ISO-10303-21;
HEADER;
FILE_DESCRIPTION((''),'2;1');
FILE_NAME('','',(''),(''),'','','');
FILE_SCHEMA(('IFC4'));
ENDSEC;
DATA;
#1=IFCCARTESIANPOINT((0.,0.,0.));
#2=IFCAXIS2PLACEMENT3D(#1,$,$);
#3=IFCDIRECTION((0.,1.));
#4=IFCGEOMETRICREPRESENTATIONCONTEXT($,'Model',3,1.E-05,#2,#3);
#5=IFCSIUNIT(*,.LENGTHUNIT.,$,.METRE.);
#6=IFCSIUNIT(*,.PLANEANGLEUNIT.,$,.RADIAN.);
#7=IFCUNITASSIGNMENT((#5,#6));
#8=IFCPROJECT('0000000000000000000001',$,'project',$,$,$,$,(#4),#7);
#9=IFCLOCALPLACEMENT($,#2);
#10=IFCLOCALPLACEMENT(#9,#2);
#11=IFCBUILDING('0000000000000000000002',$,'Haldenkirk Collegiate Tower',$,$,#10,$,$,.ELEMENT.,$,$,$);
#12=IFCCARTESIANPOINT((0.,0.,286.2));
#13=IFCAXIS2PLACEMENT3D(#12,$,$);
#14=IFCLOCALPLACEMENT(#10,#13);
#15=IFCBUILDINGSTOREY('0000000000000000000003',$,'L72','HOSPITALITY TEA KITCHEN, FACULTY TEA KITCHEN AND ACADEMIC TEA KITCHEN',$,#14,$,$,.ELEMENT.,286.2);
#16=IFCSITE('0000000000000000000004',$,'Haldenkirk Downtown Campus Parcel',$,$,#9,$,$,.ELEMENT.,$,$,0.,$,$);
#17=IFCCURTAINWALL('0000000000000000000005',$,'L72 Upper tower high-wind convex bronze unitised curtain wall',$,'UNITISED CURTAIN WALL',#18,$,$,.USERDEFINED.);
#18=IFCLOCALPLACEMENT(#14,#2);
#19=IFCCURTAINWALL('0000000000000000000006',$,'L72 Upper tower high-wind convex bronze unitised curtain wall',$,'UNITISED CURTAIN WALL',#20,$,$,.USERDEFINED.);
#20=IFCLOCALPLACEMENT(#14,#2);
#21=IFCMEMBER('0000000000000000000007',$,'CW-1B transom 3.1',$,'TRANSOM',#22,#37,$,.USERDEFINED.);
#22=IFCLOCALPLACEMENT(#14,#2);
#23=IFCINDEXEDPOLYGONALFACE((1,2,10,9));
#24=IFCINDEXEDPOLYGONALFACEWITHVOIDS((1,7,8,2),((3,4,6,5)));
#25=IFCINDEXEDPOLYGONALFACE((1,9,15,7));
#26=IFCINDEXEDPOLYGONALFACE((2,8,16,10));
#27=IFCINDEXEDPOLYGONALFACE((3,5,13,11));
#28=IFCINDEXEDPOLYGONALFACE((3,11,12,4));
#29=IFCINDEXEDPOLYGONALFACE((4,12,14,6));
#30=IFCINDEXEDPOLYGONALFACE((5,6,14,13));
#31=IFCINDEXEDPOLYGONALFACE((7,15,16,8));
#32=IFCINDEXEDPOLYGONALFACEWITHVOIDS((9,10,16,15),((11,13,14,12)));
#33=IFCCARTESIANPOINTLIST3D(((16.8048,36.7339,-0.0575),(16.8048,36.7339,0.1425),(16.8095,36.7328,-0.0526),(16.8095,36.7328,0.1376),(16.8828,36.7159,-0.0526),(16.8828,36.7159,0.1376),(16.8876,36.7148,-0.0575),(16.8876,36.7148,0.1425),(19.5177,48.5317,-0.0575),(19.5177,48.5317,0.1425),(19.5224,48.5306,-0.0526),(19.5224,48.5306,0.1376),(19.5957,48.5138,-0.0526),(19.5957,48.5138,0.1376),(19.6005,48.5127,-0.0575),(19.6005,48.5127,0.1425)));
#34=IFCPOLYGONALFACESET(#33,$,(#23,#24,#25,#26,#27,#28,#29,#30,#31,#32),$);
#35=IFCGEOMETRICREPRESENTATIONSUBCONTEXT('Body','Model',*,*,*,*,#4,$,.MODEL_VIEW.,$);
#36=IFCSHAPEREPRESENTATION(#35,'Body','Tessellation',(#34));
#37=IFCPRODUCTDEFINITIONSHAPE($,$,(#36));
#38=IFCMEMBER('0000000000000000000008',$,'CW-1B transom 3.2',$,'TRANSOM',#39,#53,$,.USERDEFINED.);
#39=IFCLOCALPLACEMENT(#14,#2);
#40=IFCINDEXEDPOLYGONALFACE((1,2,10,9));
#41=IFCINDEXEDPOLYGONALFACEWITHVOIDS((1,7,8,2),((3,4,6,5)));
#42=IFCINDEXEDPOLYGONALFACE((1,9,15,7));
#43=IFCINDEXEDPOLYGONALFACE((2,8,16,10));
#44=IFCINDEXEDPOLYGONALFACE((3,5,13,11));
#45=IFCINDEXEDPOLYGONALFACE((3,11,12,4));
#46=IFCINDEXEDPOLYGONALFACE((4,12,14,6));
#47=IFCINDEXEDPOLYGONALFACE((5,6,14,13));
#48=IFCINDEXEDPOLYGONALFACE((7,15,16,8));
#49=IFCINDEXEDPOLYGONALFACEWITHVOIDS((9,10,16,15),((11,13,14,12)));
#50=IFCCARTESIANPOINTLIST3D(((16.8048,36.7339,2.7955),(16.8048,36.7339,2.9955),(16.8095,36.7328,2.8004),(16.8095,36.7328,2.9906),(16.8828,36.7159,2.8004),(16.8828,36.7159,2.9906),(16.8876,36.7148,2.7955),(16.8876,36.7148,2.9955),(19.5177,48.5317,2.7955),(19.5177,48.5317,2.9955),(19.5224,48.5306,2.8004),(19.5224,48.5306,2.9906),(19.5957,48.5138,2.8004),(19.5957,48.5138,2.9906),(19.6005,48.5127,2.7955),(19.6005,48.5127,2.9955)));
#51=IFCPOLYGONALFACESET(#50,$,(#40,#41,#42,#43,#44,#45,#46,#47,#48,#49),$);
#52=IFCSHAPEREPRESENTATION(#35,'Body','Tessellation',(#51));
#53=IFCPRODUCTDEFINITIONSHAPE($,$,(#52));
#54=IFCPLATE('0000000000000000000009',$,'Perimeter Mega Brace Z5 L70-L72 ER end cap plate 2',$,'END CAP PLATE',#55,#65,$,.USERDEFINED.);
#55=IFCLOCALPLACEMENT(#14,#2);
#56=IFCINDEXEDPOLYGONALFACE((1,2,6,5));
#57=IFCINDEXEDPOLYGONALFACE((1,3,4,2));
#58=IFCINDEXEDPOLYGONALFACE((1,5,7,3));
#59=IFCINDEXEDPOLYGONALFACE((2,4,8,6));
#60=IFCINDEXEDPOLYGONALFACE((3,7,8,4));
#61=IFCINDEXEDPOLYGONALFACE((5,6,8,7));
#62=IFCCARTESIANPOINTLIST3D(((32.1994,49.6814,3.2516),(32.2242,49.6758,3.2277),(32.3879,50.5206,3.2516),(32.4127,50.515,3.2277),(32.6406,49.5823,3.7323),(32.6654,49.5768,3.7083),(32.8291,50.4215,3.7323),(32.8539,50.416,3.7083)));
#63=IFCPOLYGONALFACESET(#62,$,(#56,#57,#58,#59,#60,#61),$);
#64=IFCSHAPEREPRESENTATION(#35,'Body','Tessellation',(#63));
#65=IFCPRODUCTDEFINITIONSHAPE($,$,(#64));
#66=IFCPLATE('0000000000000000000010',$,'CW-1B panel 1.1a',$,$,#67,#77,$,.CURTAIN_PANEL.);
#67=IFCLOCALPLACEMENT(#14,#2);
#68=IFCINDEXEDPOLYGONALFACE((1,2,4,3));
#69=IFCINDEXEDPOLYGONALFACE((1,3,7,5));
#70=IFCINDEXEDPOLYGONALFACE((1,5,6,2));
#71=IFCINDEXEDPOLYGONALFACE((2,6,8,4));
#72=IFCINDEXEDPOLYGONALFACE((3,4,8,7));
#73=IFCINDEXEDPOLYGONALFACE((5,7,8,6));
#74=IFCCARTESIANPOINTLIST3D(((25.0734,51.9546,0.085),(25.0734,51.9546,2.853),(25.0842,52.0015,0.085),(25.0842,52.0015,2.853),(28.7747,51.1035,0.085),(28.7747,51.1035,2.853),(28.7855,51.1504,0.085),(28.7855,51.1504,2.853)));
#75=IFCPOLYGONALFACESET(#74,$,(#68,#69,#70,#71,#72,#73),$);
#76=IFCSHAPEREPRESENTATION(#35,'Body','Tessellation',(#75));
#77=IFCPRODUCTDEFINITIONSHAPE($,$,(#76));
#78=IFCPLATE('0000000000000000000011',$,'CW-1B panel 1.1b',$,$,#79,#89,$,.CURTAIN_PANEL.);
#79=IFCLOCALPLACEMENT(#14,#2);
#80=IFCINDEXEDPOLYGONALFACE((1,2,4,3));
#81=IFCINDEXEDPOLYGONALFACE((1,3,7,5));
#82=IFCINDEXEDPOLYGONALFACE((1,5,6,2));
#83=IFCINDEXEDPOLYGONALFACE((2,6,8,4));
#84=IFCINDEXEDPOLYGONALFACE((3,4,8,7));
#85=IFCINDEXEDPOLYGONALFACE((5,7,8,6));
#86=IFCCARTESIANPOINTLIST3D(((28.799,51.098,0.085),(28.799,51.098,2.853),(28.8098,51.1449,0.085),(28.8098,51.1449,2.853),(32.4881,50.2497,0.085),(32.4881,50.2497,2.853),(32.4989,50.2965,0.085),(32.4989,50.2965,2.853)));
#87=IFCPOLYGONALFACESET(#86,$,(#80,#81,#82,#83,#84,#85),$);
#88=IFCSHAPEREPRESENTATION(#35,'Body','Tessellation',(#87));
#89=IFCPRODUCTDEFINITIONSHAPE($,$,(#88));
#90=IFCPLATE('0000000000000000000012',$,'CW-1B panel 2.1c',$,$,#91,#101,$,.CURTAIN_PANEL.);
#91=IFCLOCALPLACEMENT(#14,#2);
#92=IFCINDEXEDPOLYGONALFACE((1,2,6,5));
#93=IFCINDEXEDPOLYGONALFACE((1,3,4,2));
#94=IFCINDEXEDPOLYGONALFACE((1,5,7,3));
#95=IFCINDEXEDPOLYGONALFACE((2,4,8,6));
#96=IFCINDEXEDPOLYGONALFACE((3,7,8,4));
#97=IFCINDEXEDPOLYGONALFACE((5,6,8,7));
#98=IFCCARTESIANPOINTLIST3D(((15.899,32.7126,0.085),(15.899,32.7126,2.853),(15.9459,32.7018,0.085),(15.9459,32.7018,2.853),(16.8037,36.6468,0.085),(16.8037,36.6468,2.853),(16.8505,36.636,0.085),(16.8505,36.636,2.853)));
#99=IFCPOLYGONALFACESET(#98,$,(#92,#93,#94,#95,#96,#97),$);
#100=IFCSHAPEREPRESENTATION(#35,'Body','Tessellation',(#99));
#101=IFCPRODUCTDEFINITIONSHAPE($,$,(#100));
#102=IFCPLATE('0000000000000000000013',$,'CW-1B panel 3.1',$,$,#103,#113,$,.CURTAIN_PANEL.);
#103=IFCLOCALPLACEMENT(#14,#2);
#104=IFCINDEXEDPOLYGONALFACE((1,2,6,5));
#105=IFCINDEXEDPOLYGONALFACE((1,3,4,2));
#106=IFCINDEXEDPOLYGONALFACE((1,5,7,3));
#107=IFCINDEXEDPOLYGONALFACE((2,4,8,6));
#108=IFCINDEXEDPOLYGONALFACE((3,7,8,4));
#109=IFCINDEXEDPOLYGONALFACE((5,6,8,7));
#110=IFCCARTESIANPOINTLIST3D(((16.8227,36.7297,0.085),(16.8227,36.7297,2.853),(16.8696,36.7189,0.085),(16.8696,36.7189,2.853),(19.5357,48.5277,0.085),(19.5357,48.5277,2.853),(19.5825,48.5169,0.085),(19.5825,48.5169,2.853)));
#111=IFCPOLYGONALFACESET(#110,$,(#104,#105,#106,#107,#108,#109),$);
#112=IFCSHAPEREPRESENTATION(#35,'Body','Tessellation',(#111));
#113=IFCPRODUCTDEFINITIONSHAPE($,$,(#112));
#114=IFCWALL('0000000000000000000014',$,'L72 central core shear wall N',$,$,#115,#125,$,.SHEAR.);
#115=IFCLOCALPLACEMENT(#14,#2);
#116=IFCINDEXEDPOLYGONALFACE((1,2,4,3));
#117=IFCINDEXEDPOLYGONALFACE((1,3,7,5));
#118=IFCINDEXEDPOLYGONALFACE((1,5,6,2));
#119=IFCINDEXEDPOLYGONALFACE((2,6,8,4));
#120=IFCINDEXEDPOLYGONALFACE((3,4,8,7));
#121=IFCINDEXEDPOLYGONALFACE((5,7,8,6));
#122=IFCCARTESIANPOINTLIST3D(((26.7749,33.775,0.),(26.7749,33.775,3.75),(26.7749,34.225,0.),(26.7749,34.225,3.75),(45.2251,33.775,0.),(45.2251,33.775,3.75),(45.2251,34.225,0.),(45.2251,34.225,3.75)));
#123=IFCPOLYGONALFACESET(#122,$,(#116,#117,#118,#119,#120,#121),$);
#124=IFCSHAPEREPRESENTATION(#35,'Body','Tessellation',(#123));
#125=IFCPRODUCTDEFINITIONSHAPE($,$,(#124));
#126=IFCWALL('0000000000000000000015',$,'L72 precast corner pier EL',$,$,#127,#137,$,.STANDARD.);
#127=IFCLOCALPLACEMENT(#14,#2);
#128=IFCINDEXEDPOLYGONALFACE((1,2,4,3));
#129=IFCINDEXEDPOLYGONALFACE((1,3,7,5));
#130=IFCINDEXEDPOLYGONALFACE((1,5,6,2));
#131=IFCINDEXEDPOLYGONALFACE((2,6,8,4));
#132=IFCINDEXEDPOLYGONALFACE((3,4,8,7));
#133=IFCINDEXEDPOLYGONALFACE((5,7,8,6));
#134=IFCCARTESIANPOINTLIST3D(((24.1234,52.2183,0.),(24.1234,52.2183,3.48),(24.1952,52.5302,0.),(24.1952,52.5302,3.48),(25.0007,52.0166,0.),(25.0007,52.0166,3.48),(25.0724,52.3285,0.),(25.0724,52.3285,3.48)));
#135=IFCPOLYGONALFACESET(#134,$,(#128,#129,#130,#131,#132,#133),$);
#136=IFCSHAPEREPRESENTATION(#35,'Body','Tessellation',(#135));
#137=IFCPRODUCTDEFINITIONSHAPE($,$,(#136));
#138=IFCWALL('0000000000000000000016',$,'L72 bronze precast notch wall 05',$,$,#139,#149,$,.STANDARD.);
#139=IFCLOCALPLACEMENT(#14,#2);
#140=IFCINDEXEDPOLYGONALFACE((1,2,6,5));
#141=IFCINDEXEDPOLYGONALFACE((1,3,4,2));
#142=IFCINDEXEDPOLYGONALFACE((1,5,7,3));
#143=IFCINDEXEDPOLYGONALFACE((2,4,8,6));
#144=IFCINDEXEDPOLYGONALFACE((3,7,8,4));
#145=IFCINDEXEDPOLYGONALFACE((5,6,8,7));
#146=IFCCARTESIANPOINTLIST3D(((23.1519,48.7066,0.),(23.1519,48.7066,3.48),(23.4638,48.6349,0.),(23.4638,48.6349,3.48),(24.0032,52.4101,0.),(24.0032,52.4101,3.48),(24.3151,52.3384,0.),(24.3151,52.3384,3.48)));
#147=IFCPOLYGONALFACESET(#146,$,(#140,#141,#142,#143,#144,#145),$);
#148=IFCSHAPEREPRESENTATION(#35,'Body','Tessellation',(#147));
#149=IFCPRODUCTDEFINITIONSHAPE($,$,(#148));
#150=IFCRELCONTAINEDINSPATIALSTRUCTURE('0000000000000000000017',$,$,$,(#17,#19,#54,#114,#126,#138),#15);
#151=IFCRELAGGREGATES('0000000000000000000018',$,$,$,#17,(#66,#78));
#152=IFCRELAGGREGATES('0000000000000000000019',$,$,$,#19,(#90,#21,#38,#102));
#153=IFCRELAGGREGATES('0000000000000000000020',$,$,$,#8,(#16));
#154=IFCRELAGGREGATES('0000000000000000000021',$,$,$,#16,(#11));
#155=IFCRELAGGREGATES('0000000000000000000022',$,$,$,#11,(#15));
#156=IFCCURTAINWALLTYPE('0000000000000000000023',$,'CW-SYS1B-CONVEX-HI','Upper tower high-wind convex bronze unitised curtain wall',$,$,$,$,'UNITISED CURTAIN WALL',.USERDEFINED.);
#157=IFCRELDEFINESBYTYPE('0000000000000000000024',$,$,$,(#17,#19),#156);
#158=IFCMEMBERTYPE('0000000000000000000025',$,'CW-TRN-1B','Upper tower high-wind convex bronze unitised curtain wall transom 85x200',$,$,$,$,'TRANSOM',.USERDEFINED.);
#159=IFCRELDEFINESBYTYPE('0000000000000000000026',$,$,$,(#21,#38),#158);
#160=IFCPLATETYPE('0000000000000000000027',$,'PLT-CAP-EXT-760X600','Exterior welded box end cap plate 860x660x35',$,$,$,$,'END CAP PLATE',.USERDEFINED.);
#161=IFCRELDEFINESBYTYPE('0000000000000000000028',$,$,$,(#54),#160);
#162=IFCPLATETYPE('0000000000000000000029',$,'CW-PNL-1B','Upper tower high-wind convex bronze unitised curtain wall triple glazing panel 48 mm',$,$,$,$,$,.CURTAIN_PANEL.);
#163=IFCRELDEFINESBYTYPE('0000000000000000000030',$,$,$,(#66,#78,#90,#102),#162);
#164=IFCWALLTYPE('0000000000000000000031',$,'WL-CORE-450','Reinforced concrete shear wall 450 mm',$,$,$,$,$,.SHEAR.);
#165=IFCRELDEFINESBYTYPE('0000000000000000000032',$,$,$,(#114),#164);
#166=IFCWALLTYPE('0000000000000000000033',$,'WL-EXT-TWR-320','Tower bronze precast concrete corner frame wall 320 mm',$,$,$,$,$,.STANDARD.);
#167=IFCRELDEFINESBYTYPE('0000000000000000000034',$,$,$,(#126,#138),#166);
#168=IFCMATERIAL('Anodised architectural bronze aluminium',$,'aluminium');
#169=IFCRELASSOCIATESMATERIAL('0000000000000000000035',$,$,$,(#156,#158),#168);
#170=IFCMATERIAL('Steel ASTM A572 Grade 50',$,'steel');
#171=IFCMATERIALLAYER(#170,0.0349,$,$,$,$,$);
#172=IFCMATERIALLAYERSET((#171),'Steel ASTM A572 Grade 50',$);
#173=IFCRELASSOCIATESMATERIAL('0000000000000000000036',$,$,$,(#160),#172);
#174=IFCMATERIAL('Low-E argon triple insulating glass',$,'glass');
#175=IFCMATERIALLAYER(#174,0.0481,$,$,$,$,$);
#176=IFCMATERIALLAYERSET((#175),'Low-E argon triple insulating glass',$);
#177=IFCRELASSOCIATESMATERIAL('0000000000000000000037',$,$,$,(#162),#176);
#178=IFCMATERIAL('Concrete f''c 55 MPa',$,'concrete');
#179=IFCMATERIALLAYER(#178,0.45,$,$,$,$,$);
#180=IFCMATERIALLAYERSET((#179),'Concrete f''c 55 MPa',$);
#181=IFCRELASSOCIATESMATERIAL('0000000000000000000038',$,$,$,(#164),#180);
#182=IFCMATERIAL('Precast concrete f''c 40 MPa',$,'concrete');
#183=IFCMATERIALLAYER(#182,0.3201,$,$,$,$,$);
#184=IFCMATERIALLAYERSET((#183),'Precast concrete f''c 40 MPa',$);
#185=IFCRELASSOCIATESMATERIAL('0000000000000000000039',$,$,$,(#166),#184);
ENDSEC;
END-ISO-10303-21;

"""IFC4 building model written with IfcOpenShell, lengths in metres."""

from ifc_helpers import new_model, si_unit, direction, frame, frame_2d, origin, origin_2d, place, context, subcontext, project, spatial, rectangle, hollow_rectangle, extrude, source, transform, mapped, material, layer, layer_set, material_profile, profile_set, type_object, element, aggregate, save


model = new_model("IFC4")

# Units and contexts
model_context = context("Model", 3, precision=1e-05, world=origin(), true_north=direction((0.0, 1.0)))
body_context = subcontext(model_context, "Body", "Model", "MODEL_VIEW")
ifc_project = project(units=[si_unit("LENGTHUNIT", "METRE"), si_unit("PLANEANGLEUNIT", "RADIAN")], contexts=[model_context])

# Site, building, storey
site_placement = place(None, origin())
site = spatial("IfcSite", under=ifc_project, at=site_placement, Name="Haldenkirk Downtown Campus Parcel", CompositionType="ELEMENT", RefElevation=0.0)
building_placement = place(site_placement, origin())
building = spatial("IfcBuilding", under=site, at=building_placement, Name="Haldenkirk Collegiate Tower", CompositionType="ELEMENT")
storey_placement = place(building_placement, frame((0.0, 0.0, 286.2)))
storey = spatial("IfcBuildingStorey", under=building, at=storey_placement, Name="L72", Description="HOSPITALITY TEA KITCHEN, FACULTY TEA KITCHEN AND ACADEMIC TEA KITCHEN", CompositionType="ELEMENT", Elevation=286.2)

# Shared definitions
ifc_material_1 = material(Name="Steel ASTM A572 Grade 50", Category="steel")

# Curtain wall
ifc_material_2 = material(Name="Anodised architectural bronze aluminium", Category="aluminium")
curtain_wall_type = type_object("IfcCurtainWallType", Name="CW-SYS1B-CONVEX-HI", Description="Upper tower high-wind convex bronze unitised curtain wall", ElementType="UNITISED CURTAIN WALL", PredefinedType="USERDEFINED", material=ifc_material_2)
curtain_wall_1_placement = place(storey_placement, origin())
curtain_wall_1 = element("IfcCurtainWall", 1, at=curtain_wall_1_placement, inside=storey, type_object=curtain_wall_type, Name="L72 Upper tower high-wind convex bronze unitised curtain wall", ObjectType="UNITISED CURTAIN WALL", PredefinedType="USERDEFINED")

# Curtain wall
curtain_wall_2_placement = place(storey_placement, origin())
curtain_wall_2 = element("IfcCurtainWall", 2, at=curtain_wall_2_placement, inside=storey, type_object=curtain_wall_type, Name="L72 Upper tower high-wind convex bronze unitised curtain wall", ObjectType="UNITISED CURTAIN WALL", PredefinedType="USERDEFINED")

# Members
ifc_material_profile_1 = material_profile(ifc_material_2, hollow_rectangle(XDim=0.085, YDim=0.2, WallThickness=0.0049, at=origin_2d()), Name="CW-TRN-1B")
ifc_profile_set_1 = profile_set([ifc_material_profile_1], Name="Anodised architectural bronze aluminium")
member_type_1 = type_object("IfcMemberType", Name="CW-TRN-1B", Description="Upper tower high-wind convex bronze unitised curtain wall transom 85x200", ElementType="TRANSOM", PredefinedType="USERDEFINED", material=ifc_profile_set_1)
member_1_placement = place(storey_placement, frame((16.8462, 36.7244, 0.0425), z_axis=(0.224099, 0.974566, 0.0), x_axis=(-0.974566, 0.224099, 0.0)))
member_1 = element("IfcMember", 3, at=member_1_placement, type_object=member_type_1, Name="CW-1B transom 3.1", ObjectType="TRANSOM", PredefinedType="USERDEFINED", context=body_context, shape_type="SweptSolid", body=[
    extrude(hollow_rectangle(XDim=0.085, YDim=0.2, WallThickness=0.0049, at=origin_2d()), origin(), (0.0, 0.0, 1.0), 12.1057),
])
member_2_placement = place(storey_placement, frame((16.8462, 36.7244, 2.8955), z_axis=(0.224099, 0.974566, 0.0), x_axis=(-0.974566, 0.224099, 0.0)))
member_2 = element("IfcMember", 4, at=member_2_placement, type_object=member_type_1, Name="CW-1B transom 3.2", ObjectType="TRANSOM", PredefinedType="USERDEFINED", context=body_context, shape_type="SweptSolid", body=[
    extrude(hollow_rectangle(XDim=0.085, YDim=0.2, WallThickness=0.0049, at=origin_2d()), origin(), (0.0, 0.0, 1.0), 12.1057),
])

# Plates
ifc_layer_1 = layer(ifc_material_1, 0.0349)
ifc_layer_set_1 = layer_set([ifc_layer_1], Name="Steel ASTM A572 Grade 50")
plate_type_1 = type_object("IfcPlateType", Name="PLT-CAP-EXT-760X600", Description="Exterior welded box end cap plate 860x660x35", ElementType="END CAP PLATE", PredefinedType="USERDEFINED", material=ifc_layer_set_1)
shared_shape_1 = source(origin(), body_context, "Body", "SweptSolid", [
    extrude(rectangle(XDim=0.8601, YDim=0.6599, at=origin_2d()), origin(), (0.0, 0.0, 1.0), 0.0349),
])
plate_1_placement = place(storey_placement, frame((32.5391, 50.0459, 3.468), z_axis=(-0.710651, 0.159572, 0.68521), x_axis=(-0.219088, -0.975705, 0.0)))
element("IfcPlate", 5, at=plate_1_placement, inside=storey, type_object=plate_type_1, Name="Perimeter Mega Brace Z5 L70-L72 ER end cap plate 2", ObjectType="END CAP PLATE", PredefinedType="USERDEFINED", context=body_context, shape_type="MappedRepresentation", body=[
    mapped(shared_shape_1, transform((0.0, 0.0, 0.0), x_axis=(1.0, 0.0, 0.0), y_axis=(0.0, 1.0, 0.0), z_axis=(0.0, 0.0, 1.0), scale=1.0)),
])
ifc_material_3 = material(Name="Low-E argon triple insulating glass", Category="glass")
ifc_layer_2 = layer(ifc_material_3, 0.0481)
ifc_layer_set_2 = layer_set([ifc_layer_2], Name="Low-E argon triple insulating glass")
plate_type_2 = type_object("IfcPlateType", Name="CW-PNL-1B", Description="Upper tower high-wind convex bronze unitised curtain wall triple glazing panel 48 mm", PredefinedType="CURTAIN_PANEL", material=ifc_layer_set_2)
shared_shape_2 = source(origin(), body_context, "Body", "SweptSolid", [
    extrude(rectangle(XDim=3.7979, YDim=0.0481, at=origin_2d()), origin(), (0.0, 0.0, 1.0), 2.7681),
])
plate_2_placement = place(storey_placement, frame((26.9294, 51.5525, 0.085), z_axis=(0.0, 0.0, 1.0), x_axis=(0.974566, -0.224101, 0.0)))
plate_2 = element("IfcPlate", 6, at=plate_2_placement, type_object=plate_type_2, Name="CW-1B panel 1.1a", PredefinedType="CURTAIN_PANEL", context=body_context, shape_type="MappedRepresentation", body=[
    mapped(shared_shape_2, transform((0.0, 0.0, 0.0), x_axis=(1.0, 0.0, 0.0), y_axis=(0.0, 1.0, 0.0), z_axis=(0.0, 0.0, 1.0), scale=1.0)),
])
shared_shape_3 = source(origin(), body_context, "Body", "SweptSolid", [
    extrude(rectangle(XDim=3.7854, YDim=0.0481, at=origin_2d()), origin(), (0.0, 0.0, 1.0), 2.7681),
])
plate_3_placement = place(storey_placement, frame((30.6489, 50.6973, 0.085), z_axis=(0.0, 0.0, 1.0), x_axis=(0.974566, -0.224101, 0.0)))
plate_3 = element("IfcPlate", 7, at=plate_3_placement, type_object=plate_type_2, Name="CW-1B panel 1.1b", PredefinedType="CURTAIN_PANEL", context=body_context, shape_type="MappedRepresentation", body=[
    mapped(shared_shape_3, transform((0.0, 0.0, 0.0), x_axis=(1.0, 0.0, 0.0), y_axis=(0.0, 1.0, 0.0), z_axis=(0.0, 0.0, 1.0), scale=1.0)),
])
aggregate(curtain_wall_1, [plate_2, plate_3])
shared_shape_4 = source(origin(), body_context, "Body", "SweptSolid", [
    extrude(rectangle(XDim=4.0369, YDim=0.0481, at=origin_2d()), origin(), (0.0, 0.0, 1.0), 2.7681),
])
plate_4_placement = place(storey_placement, frame((16.3748, 34.6743, 0.085), z_axis=(0.0, 0.0, 1.0), x_axis=(0.224101, 0.974566, 0.0)))
plate_4 = element("IfcPlate", 8, at=plate_4_placement, type_object=plate_type_2, Name="CW-1B panel 2.1c", PredefinedType="CURTAIN_PANEL", context=body_context, shape_type="MappedRepresentation", body=[
    mapped(shared_shape_4, transform((0.0, 0.0, 0.0), x_axis=(1.0, 0.0, 0.0), y_axis=(0.0, 1.0, 0.0), z_axis=(0.0, 0.0, 1.0), scale=1.0)),
])
shared_shape_5 = source(origin(), body_context, "Body", "SweptSolid", [
    extrude(rectangle(XDim=12.106, YDim=0.0481, at=origin_2d()), origin(), (0.0, 0.0, 1.0), 2.7681),
])
plate_5_placement = place(storey_placement, frame((18.2026, 42.6233, 0.085), z_axis=(0.0, 0.0, 1.0), x_axis=(0.224101, 0.974566, 0.0)))
plate_5 = element("IfcPlate", 9, at=plate_5_placement, type_object=plate_type_2, Name="CW-1B panel 3.1", PredefinedType="CURTAIN_PANEL", context=body_context, shape_type="MappedRepresentation", body=[
    mapped(shared_shape_5, transform((0.0, 0.0, 0.0), x_axis=(1.0, 0.0, 0.0), y_axis=(0.0, 1.0, 0.0), z_axis=(0.0, 0.0, 1.0), scale=1.0)),
])
aggregate(curtain_wall_2, [plate_4, member_1, member_2, plate_5])

# Walls
ifc_material_4 = material(Name="Concrete f'c 55 MPa", Category="concrete")
ifc_layer_3 = layer(ifc_material_4, 0.45)
ifc_layer_set_3 = layer_set([ifc_layer_3], Name="Concrete f'c 55 MPa")
wall_type_1 = type_object("IfcWallType", Name="WL-CORE-450", Description="Reinforced concrete shear wall 450 mm", PredefinedType="SHEAR", material=ifc_layer_set_3)
wall_1_placement = place(storey_placement, frame((26.7749, 34.0, 0.0), z_axis=(0.0, 0.0, 1.0), x_axis=(1.0, 0.0, 0.0)))
element("IfcWall", 10, at=wall_1_placement, inside=storey, type_object=wall_type_1, Name="L72 central core shear wall N", PredefinedType="SHEAR", context=body_context, shape_type="SweptSolid", body=[
    extrude(rectangle(XDim=18.4502, YDim=0.45, at=frame_2d((9.2251, 0.0))), origin(), (0.0, 0.0, 1.0), 3.75),
])
ifc_material_5 = material(Name="Precast concrete f'c 40 MPa", Category="concrete")
ifc_layer_4 = layer(ifc_material_5, 0.3201)
ifc_layer_set_4 = layer_set([ifc_layer_4], Name="Precast concrete f'c 40 MPa")
wall_type_2 = type_object("IfcWallType", Name="WL-EXT-TWR-320", Description="Tower bronze precast concrete corner frame wall 320 mm", PredefinedType="STANDARD", material=ifc_layer_set_4)
wall_2_placement = place(storey_placement, frame((24.1592, 52.3743, 0.0), z_axis=(0.0, 0.0, 1.0), x_axis=(0.974578, -0.224047, 0.0)))
element("IfcWall", 11, at=wall_2_placement, inside=storey, type_object=wall_type_2, Name="L72 precast corner pier EL", PredefinedType="STANDARD", context=body_context, shape_type="SweptSolid", body=[
    extrude(rectangle(XDim=0.9001, YDim=0.3201, at=frame_2d((0.4502, 0.0))), origin(), (0.0, 0.0, 1.0), 3.48),
])
wall_3_placement = place(storey_placement, frame((23.3079, 48.6709, 0.0), z_axis=(0.0, 0.0, 1.0), x_axis=(0.224034, 0.974581, 0.0)))
element("IfcWall", 12, at=wall_3_placement, inside=storey, type_object=wall_type_2, Name="L72 bronze precast notch wall 05", PredefinedType="STANDARD", context=body_context, shape_type="SweptSolid", body=[
    extrude(rectangle(XDim=3.8, YDim=0.3201, at=frame_2d((1.8999, 0.0))), origin(), (0.0, 0.0, 1.0), 3.48),
])

save(model, "model.ifc")
